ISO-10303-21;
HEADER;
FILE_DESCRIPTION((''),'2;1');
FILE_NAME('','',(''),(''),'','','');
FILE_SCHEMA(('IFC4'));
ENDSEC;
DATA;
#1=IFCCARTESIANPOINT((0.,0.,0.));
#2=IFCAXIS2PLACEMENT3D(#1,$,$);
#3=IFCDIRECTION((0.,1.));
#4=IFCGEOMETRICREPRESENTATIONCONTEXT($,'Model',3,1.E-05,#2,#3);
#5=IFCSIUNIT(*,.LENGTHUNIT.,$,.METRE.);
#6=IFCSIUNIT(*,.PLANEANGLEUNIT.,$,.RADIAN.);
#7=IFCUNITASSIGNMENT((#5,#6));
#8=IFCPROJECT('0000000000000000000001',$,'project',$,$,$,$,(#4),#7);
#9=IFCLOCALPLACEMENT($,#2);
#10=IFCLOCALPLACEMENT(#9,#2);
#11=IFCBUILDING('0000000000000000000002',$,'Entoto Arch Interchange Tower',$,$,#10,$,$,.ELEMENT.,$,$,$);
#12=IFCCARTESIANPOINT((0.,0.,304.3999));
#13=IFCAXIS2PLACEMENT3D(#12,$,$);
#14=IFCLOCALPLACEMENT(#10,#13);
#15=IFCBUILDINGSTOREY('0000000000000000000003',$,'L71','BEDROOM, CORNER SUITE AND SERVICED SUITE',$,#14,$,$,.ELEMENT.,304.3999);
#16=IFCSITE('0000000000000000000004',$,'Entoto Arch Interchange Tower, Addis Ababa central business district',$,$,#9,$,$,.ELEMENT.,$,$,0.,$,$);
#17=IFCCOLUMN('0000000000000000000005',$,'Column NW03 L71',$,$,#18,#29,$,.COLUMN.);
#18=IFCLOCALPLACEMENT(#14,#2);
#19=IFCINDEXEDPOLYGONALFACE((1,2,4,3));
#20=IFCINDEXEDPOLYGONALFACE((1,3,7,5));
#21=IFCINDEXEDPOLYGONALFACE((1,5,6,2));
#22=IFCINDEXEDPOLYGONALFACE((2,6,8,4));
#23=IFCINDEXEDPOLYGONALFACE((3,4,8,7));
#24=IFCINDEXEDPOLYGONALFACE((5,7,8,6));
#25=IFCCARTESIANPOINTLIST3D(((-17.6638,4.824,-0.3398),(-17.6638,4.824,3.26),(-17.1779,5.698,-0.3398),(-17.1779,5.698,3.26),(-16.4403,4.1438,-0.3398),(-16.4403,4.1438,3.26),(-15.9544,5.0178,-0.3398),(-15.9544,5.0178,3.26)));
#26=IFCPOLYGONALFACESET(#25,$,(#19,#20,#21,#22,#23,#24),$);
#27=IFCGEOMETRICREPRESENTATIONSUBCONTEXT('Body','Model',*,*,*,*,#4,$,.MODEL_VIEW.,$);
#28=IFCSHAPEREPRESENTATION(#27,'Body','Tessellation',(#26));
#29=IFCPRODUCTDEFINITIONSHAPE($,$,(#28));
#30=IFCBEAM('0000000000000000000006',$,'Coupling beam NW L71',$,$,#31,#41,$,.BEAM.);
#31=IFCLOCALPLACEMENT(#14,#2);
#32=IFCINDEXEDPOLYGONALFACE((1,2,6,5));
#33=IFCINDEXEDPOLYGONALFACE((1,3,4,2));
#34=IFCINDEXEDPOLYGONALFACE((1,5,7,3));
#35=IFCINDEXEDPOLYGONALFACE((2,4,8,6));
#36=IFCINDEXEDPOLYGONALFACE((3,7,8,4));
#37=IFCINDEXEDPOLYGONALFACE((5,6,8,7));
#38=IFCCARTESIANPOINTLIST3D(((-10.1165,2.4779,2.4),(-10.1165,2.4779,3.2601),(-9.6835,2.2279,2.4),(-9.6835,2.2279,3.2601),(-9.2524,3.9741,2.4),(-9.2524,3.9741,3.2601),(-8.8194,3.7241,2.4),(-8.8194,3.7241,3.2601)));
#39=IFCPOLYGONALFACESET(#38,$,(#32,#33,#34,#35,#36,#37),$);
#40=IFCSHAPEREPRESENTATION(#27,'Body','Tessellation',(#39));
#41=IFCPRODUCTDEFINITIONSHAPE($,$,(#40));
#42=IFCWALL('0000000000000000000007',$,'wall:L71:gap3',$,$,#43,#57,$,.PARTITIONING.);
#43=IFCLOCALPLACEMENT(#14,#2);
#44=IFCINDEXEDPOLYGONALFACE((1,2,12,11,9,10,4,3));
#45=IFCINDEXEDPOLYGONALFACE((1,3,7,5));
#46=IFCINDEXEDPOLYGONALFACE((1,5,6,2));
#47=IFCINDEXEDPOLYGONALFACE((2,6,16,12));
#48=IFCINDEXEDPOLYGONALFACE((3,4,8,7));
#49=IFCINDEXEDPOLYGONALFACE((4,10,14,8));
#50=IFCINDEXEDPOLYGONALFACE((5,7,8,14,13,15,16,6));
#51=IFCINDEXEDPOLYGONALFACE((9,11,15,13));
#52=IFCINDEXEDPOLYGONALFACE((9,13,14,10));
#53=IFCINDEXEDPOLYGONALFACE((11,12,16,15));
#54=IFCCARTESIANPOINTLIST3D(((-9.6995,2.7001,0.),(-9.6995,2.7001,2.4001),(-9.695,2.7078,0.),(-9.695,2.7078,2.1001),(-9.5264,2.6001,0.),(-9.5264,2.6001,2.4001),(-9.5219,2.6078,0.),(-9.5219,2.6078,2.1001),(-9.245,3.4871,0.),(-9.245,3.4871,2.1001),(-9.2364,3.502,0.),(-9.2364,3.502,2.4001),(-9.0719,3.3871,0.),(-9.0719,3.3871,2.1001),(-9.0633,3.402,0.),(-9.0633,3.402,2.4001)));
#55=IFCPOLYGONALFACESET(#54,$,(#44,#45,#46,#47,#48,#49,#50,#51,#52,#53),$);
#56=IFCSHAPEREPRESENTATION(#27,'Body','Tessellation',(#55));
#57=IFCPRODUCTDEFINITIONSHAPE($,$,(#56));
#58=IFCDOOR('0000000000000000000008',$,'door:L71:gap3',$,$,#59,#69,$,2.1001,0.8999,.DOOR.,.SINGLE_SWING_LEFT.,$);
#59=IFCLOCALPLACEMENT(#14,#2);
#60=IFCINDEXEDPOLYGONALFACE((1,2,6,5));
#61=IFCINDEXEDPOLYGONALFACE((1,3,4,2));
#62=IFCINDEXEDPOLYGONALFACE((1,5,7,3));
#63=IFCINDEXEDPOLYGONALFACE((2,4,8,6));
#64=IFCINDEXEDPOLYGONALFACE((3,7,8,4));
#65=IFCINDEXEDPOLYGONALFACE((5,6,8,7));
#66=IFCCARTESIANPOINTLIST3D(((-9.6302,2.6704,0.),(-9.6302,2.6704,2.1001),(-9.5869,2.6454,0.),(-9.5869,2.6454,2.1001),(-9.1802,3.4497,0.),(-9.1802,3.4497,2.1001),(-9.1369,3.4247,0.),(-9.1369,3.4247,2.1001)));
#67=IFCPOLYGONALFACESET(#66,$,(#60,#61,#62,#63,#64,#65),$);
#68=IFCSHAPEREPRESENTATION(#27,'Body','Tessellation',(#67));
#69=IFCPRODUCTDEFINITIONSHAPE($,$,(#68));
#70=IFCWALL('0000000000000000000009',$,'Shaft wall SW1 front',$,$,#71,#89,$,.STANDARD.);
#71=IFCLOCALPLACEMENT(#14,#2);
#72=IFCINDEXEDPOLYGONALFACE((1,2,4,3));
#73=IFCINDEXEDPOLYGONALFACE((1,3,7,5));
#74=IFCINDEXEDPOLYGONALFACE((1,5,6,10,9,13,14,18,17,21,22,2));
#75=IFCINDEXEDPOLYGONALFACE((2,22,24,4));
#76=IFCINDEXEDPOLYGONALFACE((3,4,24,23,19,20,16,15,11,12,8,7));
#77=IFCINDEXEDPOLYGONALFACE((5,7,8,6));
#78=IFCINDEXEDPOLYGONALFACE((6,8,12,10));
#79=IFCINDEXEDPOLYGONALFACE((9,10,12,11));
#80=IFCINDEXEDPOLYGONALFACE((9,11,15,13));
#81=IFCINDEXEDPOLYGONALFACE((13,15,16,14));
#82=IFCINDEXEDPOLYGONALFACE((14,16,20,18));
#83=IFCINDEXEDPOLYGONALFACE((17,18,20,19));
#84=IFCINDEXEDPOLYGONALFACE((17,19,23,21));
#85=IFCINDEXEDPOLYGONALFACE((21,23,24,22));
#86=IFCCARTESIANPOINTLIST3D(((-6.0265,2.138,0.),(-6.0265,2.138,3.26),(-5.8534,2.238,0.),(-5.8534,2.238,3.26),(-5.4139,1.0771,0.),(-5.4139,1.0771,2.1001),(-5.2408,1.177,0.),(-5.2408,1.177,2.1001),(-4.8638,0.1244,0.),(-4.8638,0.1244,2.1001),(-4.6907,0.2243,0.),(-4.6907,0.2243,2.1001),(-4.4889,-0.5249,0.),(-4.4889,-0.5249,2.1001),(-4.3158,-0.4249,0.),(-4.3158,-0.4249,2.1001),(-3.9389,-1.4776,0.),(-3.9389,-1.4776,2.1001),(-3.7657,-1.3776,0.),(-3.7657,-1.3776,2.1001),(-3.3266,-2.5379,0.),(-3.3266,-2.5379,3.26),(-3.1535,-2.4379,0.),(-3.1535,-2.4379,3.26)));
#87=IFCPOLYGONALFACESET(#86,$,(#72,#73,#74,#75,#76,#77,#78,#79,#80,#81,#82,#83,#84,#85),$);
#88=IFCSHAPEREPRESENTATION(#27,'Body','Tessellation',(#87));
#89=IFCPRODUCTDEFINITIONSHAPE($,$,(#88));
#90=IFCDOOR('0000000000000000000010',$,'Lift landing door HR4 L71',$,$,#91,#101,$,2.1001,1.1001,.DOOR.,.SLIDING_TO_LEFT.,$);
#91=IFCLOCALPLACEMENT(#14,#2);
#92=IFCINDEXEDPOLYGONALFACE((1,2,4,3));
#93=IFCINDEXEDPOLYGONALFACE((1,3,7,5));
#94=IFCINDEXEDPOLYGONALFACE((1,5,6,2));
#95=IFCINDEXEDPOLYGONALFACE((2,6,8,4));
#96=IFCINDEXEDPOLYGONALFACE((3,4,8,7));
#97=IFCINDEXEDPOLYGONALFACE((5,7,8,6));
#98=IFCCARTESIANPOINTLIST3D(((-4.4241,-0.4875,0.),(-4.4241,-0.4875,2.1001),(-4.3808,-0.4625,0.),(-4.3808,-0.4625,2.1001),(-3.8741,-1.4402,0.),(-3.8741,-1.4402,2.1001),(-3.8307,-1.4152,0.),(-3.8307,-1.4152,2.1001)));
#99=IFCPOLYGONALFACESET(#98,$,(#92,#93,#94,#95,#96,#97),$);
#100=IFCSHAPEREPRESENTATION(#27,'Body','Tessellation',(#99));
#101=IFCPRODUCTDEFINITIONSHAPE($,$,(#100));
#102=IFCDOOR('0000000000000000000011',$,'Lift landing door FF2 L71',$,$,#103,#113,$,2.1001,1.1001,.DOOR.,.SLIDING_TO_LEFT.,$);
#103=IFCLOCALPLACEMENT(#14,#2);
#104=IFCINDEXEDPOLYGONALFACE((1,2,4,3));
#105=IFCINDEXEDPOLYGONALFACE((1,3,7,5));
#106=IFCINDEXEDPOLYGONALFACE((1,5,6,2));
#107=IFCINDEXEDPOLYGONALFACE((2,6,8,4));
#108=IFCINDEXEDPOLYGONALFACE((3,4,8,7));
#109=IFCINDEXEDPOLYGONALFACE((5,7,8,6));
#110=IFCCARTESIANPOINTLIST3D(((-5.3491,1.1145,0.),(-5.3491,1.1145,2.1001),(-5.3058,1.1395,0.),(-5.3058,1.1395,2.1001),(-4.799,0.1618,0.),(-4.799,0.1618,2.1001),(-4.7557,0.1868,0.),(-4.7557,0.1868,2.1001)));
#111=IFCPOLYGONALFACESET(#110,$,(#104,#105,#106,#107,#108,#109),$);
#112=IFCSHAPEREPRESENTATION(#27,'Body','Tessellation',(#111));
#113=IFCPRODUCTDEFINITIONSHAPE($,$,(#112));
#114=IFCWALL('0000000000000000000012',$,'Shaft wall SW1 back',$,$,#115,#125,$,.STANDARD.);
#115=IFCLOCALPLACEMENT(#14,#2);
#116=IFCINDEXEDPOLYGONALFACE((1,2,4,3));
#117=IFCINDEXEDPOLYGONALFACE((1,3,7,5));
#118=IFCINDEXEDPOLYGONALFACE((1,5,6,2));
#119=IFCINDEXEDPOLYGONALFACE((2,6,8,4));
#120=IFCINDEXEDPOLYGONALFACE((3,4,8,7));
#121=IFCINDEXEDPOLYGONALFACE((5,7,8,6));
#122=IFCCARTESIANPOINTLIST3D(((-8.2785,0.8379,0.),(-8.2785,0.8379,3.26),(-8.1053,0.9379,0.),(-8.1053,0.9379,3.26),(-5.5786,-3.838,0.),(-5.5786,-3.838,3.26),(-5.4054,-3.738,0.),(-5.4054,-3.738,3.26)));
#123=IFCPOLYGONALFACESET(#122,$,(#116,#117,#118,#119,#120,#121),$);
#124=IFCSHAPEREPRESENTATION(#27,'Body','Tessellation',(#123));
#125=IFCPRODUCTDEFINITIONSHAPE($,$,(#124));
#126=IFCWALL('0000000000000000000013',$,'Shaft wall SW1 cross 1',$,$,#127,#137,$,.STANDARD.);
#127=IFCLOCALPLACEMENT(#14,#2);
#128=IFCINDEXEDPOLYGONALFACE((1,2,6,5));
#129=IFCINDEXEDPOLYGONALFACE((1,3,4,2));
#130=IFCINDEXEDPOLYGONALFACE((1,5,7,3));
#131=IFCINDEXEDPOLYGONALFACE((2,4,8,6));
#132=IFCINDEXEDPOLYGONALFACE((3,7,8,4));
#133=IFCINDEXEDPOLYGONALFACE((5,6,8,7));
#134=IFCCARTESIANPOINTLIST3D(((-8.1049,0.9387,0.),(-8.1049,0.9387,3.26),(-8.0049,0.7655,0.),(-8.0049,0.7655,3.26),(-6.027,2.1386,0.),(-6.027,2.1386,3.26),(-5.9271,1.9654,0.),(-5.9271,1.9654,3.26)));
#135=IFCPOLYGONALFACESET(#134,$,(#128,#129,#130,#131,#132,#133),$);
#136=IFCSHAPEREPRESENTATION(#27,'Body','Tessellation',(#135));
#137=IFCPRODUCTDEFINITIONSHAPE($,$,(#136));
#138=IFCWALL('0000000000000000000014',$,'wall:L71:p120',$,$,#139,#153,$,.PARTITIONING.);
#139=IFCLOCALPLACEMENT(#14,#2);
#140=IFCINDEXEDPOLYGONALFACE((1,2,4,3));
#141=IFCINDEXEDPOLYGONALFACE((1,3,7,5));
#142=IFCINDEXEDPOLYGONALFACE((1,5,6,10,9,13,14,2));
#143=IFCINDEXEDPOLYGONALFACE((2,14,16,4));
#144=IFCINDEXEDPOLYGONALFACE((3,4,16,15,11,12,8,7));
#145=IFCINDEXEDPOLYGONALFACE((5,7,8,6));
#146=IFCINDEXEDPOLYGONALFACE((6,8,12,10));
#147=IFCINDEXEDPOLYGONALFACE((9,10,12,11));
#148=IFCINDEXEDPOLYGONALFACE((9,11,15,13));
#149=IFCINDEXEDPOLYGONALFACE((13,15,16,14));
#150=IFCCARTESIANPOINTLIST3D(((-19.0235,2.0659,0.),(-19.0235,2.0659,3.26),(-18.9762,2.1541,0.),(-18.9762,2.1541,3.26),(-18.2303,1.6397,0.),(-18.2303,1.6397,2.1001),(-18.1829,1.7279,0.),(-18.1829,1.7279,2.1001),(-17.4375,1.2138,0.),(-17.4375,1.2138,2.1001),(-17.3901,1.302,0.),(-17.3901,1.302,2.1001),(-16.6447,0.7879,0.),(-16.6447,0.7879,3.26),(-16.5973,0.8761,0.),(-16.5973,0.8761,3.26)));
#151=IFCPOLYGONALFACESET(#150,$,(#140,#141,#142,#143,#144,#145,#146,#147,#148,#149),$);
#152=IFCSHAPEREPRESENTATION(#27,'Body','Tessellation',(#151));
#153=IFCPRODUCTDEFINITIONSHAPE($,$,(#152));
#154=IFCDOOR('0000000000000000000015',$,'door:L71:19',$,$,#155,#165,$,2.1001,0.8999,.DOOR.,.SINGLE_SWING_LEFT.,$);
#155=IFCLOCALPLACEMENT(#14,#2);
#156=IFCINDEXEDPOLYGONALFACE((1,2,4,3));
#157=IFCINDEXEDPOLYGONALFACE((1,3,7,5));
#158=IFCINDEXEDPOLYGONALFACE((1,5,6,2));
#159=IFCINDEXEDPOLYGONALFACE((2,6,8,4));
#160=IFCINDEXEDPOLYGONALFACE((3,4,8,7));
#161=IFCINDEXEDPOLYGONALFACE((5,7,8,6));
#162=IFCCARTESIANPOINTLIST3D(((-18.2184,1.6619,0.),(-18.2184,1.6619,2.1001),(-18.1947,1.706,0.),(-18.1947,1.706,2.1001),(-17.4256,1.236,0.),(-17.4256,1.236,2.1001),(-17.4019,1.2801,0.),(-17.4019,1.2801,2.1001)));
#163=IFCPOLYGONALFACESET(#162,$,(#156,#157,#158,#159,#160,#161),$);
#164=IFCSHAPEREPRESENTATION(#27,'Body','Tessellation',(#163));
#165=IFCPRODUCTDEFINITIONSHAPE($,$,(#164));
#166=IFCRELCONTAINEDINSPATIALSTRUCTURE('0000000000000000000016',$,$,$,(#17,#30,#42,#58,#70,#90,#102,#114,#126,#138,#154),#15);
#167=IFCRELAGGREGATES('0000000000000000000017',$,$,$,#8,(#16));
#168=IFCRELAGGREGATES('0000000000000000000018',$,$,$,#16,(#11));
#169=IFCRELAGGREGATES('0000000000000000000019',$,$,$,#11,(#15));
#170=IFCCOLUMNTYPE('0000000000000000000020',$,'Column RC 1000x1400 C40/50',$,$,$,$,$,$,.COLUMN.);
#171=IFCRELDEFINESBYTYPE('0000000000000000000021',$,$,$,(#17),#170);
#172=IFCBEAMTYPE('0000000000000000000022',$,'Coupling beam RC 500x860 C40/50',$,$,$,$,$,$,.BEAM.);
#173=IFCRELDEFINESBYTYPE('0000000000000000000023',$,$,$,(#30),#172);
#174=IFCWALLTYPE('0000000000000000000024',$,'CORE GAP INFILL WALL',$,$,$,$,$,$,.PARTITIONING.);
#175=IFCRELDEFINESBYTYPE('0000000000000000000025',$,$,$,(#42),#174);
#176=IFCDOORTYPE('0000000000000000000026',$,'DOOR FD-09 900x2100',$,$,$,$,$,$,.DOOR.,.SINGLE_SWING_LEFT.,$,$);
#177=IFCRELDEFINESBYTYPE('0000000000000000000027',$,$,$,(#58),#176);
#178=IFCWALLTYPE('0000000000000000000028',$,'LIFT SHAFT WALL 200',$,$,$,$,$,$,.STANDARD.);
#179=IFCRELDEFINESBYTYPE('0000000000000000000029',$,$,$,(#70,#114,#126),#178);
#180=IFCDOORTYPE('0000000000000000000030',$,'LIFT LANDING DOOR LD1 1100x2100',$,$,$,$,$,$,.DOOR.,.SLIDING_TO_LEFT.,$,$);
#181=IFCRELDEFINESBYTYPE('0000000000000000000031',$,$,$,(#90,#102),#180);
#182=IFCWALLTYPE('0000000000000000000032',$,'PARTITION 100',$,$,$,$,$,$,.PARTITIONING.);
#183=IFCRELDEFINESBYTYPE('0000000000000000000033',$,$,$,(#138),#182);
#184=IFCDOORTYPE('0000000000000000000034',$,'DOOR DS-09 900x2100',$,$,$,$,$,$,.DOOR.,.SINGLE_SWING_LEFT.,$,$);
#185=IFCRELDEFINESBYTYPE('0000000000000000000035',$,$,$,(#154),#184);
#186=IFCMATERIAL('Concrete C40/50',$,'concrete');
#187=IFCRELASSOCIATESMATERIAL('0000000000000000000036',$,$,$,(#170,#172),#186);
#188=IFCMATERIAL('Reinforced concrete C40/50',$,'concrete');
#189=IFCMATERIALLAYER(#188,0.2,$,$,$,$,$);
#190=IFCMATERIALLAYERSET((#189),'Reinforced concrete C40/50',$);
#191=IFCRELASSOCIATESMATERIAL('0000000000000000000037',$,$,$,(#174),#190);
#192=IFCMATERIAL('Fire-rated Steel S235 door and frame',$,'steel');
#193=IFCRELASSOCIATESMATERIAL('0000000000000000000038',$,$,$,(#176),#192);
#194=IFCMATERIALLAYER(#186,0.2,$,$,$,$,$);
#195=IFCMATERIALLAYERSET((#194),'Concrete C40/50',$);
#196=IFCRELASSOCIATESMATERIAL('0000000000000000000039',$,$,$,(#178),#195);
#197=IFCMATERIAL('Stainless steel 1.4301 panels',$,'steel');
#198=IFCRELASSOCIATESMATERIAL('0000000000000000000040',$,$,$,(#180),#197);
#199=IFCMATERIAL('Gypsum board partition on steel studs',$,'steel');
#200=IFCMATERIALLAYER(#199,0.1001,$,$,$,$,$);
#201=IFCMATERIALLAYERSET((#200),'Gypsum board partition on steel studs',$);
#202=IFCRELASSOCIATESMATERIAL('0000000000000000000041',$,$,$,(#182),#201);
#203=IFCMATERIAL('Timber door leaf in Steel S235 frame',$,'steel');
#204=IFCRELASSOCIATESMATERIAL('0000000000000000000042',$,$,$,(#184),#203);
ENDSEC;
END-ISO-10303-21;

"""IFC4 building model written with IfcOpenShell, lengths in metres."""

from ifc_helpers import new_model, si_unit, direction, frame, frame_2d, origin, origin_2d, place, context, subcontext, project, spatial, rectangle, extrude, material, layer, layer_set, material_profile, profile_set, type_object, element, fill, save


model = new_model("IFC4")

# Units and contexts
model_context = context("Model", 3, precision=1e-05, world=origin(), true_north=direction((0.0, 1.0)))
body_context = subcontext(model_context, "Body", "Model", "MODEL_VIEW")
ifc_project = project(units=[si_unit("LENGTHUNIT", "METRE"), si_unit("PLANEANGLEUNIT", "RADIAN")], contexts=[model_context])

# Site, building, storey
site_placement = place(None, origin())
site = spatial("IfcSite", under=ifc_project, at=site_placement, Name="Entoto Arch Interchange Tower, Addis Ababa central business district", CompositionType="ELEMENT", RefElevation=0.0)
building_placement = place(site_placement, origin())
building = spatial("IfcBuilding", under=site, at=building_placement, Name="Entoto Arch Interchange Tower", CompositionType="ELEMENT")
storey_placement = place(building_placement, frame((0.0, 0.0, 304.3999)))
storey = spatial("IfcBuildingStorey", under=building, at=storey_placement, Name="L71", Description="BEDROOM, CORNER SUITE AND SERVICED SUITE", CompositionType="ELEMENT", Elevation=304.3999)

# Column
ifc_material_1 = material(Name="Concrete C40/50", Category="concrete")
ifc_material_profile_1 = material_profile(ifc_material_1, rectangle(XDim=1.0, YDim=1.3999, at=origin_2d()))
ifc_profile_set_1 = profile_set([ifc_material_profile_1], Name="Concrete C40/50")
column_type = type_object("IfcColumnType", Name="Column RC 1000x1400 C40/50", PredefinedType="COLUMN", material=ifc_profile_set_1)
column_placement = place(storey_placement, frame((-16.8091, 4.9209, -0.3398), z_axis=(0.0, 0.0, 1.0), x_axis=(0.485924, 0.874001, 0.0)))
element("IfcColumn", 1, at=column_placement, inside=storey, type_object=column_type, Name="Column NW03 L71", PredefinedType="COLUMN", context=body_context, shape_type="SweptSolid", body=[
    extrude(rectangle(XDim=1.0, YDim=1.3999, at=origin_2d()), origin(), (0.0, 0.0, 1.0), 3.5999),
])

# Beam
ifc_material_profile_2 = material_profile(ifc_material_1, rectangle(XDim=0.5, YDim=0.8601, at=origin_2d()))
ifc_profile_set_2 = profile_set([ifc_material_profile_2], Name="Concrete C40/50")
beam_type = type_object("IfcBeamType", Name="Coupling beam RC 500x860 C40/50", PredefinedType="BEAM", material=ifc_profile_set_2)
beam_placement = place(storey_placement, frame((-9.0359, 3.8491, 2.8301), z_axis=(-0.500106, -0.865964, 0.0), x_axis=(0.865964, -0.500106, 0.0)))
element("IfcBeam", 2, at=beam_placement, inside=storey, type_object=beam_type, Name="Coupling beam NW L71", PredefinedType="BEAM", context=body_context, shape_type="SweptSolid", body=[
    extrude(rectangle(XDim=0.5, YDim=0.8601, at=origin_2d()), origin(), (0.0, 0.0, 1.0), 1.7278),
])

# Wall, opening, door
ifc_material_2 = material(Name="Reinforced concrete C40/50", Category="concrete")
ifc_layer_1 = layer(ifc_material_2, 0.2)
ifc_layer_set_1 = layer_set([ifc_layer_1], Name="Reinforced concrete C40/50")
wall_type_1 = type_object("IfcWallType", Name="CORE GAP INFILL WALL", PredefinedType="PARTITIONING", material=ifc_layer_set_1)
wall_1_placement = place(storey_placement, frame((-9.1499, 3.4519, 0.0), z_axis=(0.0, 0.0, 1.0), x_axis=(-0.50008, -0.865979, 0.0)))
wall_1 = element("IfcWall", 3, at=wall_1_placement, inside=storey, type_object=wall_type_1, Name="wall:L71:gap3", PredefinedType="PARTITIONING", context=body_context, shape_type="SweptSolid", body=[
    extrude(rectangle(XDim=0.926, YDim=0.2, at=frame_2d((0.4629, 0.0))), origin(), (0.0, 0.0, 1.0), 2.4001),
])
opening_1_placement = place(wall_1_placement, frame((0.0171, 0.0, 0.0)))
opening_1 = element("IfcOpeningElement", 4, at=opening_1_placement, cuts=wall_1, PredefinedType="OPENING", context=body_context, shape_type="SweptSolid", body=[
    extrude(rectangle(XDim=0.8999, YDim=2.1001, at=frame_2d((0.45, 1.05))), frame((0.0, 0.1099, 0.0), z_axis=(0.0, -1.0, 0.0), x_axis=(1.0, 0.0, 0.0)), (0.0, 0.0, 1.0), 0.22),
])
ifc_material_3 = material(Name="Fire-rated Steel S235 door and frame", Category="steel")
door_type_1 = type_object("IfcDoorType", Name="DOOR FD-09 900x2100", OperationType="SINGLE_SWING_LEFT", PredefinedType="DOOR", material=ifc_material_3)
door_1_placement = place(opening_1_placement, origin())
door_1 = element("IfcDoor", 5, at=door_1_placement, inside=storey, type_object=door_type_1, Name="door:L71:gap3", OperationType="SINGLE_SWING_LEFT", OverallHeight=2.1001, OverallWidth=0.8999, PredefinedType="DOOR", context=body_context, shape_type="SweptSolid", body=[
    extrude(rectangle(XDim=0.8999, YDim=2.1001, at=frame_2d((0.45, 1.05))), frame((0.0, 0.0249, 0.0), z_axis=(0.0, -1.0, 0.0), x_axis=(1.0, 0.0, 0.0)), (0.0, 0.0, 1.0), 0.05),
])
fill(opening_1, door_1)

# Wall, openings, doors
ifc_layer_2 = layer(ifc_material_1, 0.2)
ifc_layer_set_2 = layer_set([ifc_layer_2], Name="Concrete C40/50")
wall_type_2 = type_object("IfcWallType", Name="LIFT SHAFT WALL 200", PredefinedType="STANDARD", material=ifc_layer_set_2)
wall_2_placement = place(storey_placement, frame((-5.9399, 2.188, 0.0), z_axis=(0.0, 0.0, 1.0), x_axis=(0.500034, -0.866006, 0.0)))
wall_2 = element("IfcWall", 6, at=wall_2_placement, inside=storey, type_object=wall_type_2, Name="Shaft wall SW1 front", PredefinedType="STANDARD", context=body_context, shape_type="SweptSolid", body=[
    extrude(rectangle(XDim=5.3994, YDim=0.2, at=frame_2d((2.6997, 0.0))), origin(), (0.0, 0.0, 1.0), 3.26),
])
opening_2_placement = place(wall_2_placement, frame((3.075, 0.0, 0.0)))
opening_2 = element("IfcOpeningElement", 7, at=opening_2_placement, cuts=wall_2, PredefinedType="OPENING", context=body_context, shape_type="SweptSolid", body=[
    extrude(rectangle(XDim=1.1001, YDim=2.1001, at=frame_2d((0.55, 1.05))), frame((0.0, 0.1099, 0.0), z_axis=(0.0, -1.0, 0.0), x_axis=(1.0, 0.0, 0.0)), (0.0, 0.0, 1.0), 0.22),
])
opening_3_placement = place(wall_2_placement, frame((1.2251, 0.0, 0.0)))
opening_3 = element("IfcOpeningElement", 8, at=opening_3_placement, cuts=wall_2, PredefinedType="OPENING", context=body_context, shape_type="SweptSolid", body=[
    extrude(rectangle(XDim=1.1001, YDim=2.1001, at=frame_2d((0.55, 1.05))), frame((0.0, 0.1099, 0.0), z_axis=(0.0, -1.0, 0.0), x_axis=(1.0, 0.0, 0.0)), (0.0, 0.0, 1.0), 0.22),
])
ifc_material_4 = material(Name="Stainless steel 1.4301 panels", Category="steel")
door_type_2 = type_object("IfcDoorType", Name="LIFT LANDING DOOR LD1 1100x2100", OperationType="SLIDING_TO_LEFT", PredefinedType="DOOR", material=ifc_material_4)
door_2_placement = place(opening_2_placement, origin())
door_2 = element("IfcDoor", 9, at=door_2_placement, inside=storey, type_object=door_type_2, Name="Lift landing door HR4 L71", OperationType="SLIDING_TO_LEFT", OverallHeight=2.1001, OverallWidth=1.1001, PredefinedType="DOOR", context=body_context, shape_type="SweptSolid", body=[
    extrude(rectangle(XDim=1.1001, YDim=2.1001, at=frame_2d((0.55, 1.05))), frame((0.0, 0.0249, 0.0), z_axis=(0.0, -1.0, 0.0), x_axis=(1.0, 0.0, 0.0)), (0.0, 0.0, 1.0), 0.05),
])
fill(opening_2, door_2)
door_3_placement = place(opening_3_placement, origin())
door_3 = element("IfcDoor", 10, at=door_3_placement, inside=storey, type_object=door_type_2, Name="Lift landing door FF2 L71", OperationType="SLIDING_TO_LEFT", OverallHeight=2.1001, OverallWidth=1.1001, PredefinedType="DOOR", context=body_context, shape_type="SweptSolid", body=[
    extrude(rectangle(XDim=1.1001, YDim=2.1001, at=frame_2d((0.55, 1.05))), frame((0.0, 0.0249, 0.0), z_axis=(0.0, -1.0, 0.0), x_axis=(1.0, 0.0, 0.0)), (0.0, 0.0, 1.0), 0.05),
])
fill(opening_3, door_3)

# Walls
wall_3_placement = place(storey_placement, frame((-8.1919, 0.8879, 0.0), z_axis=(0.0, 0.0, 1.0), x_axis=(0.500034, -0.866006, 0.0)))
element("IfcWall", 11, at=wall_3_placement, inside=storey, type_object=wall_type_2, Name="Shaft wall SW1 back", PredefinedType="STANDARD", context=body_context, shape_type="SweptSolid", body=[
    extrude(rectangle(XDim=5.3994, YDim=0.2, at=frame_2d((2.6997, 0.0))), origin(), (0.0, 0.0, 1.0), 3.26),
])
wall_4_placement = place(storey_placement, frame((-5.9771, 2.052, 0.0), z_axis=(0.0, 0.0, 1.0), x_axis=(-0.865974, -0.500089, 0.0)))
element("IfcWall", 12, at=wall_4_placement, inside=storey, type_object=wall_type_2, Name="Shaft wall SW1 cross 1", PredefinedType="STANDARD", context=body_context, shape_type="SweptSolid", body=[
    extrude(rectangle(XDim=2.3994, YDim=0.2, at=frame_2d((1.1997, 0.0))), origin(), (0.0, 0.0, 1.0), 3.26),
])

# Wall, opening, door
ifc_material_5 = material(Name="Gypsum board partition on steel studs", Category="steel")
ifc_layer_3 = layer(ifc_material_5, 0.1001)
ifc_layer_set_3 = layer_set([ifc_layer_3], Name="Gypsum board partition on steel studs")
wall_type_3 = type_object("IfcWallType", Name="PARTITION 100", PredefinedType="PARTITIONING", material=ifc_layer_set_3)
wall_5_placement = place(storey_placement, frame((-16.6211, 0.832, 0.0), z_axis=(0.0, 0.0, 1.0), x_axis=(-0.880915, 0.473275, 0.0)))
wall_5 = element("IfcWall", 13, at=wall_5_placement, inside=storey, type_object=wall_type_3, Name="wall:L71:p120", PredefinedType="PARTITIONING", context=body_context, shape_type="SweptSolid", body=[
    extrude(rectangle(XDim=2.7004, YDim=0.1001, at=frame_2d((1.3501, 0.0))), origin(), (0.0, 0.0, 1.0), 3.26),
])
opening_4_placement = place(wall_5_placement, frame((0.8999, 0.0, 0.0)))
opening_4 = element("IfcOpeningElement", 14, at=opening_4_placement, cuts=wall_5, PredefinedType="OPENING", context=body_context, shape_type="SweptSolid", body=[
    extrude(rectangle(XDim=0.8999, YDim=2.1001, at=frame_2d((0.45, 1.05))), frame((0.0, 0.0601, 0.0), z_axis=(0.0, -1.0, 0.0), x_axis=(1.0, 0.0, 0.0)), (0.0, 0.0, 1.0), 0.1201),
])
ifc_material_6 = material(Name="Timber door leaf in Steel S235 frame", Category="steel")
door_type_3 = type_object("IfcDoorType", Name="DOOR DS-09 900x2100", OperationType="SINGLE_SWING_LEFT", PredefinedType="DOOR", material=ifc_material_6)
door_4_placement = place(opening_4_placement, origin())
door_4 = element("IfcDoor", 15, at=door_4_placement, inside=storey, type_object=door_type_3, Name="door:L71:19", OperationType="SINGLE_SWING_LEFT", OverallHeight=2.1001, OverallWidth=0.8999, PredefinedType="DOOR", context=body_context, shape_type="SweptSolid", body=[
    extrude(rectangle(XDim=0.8999, YDim=2.1001, at=frame_2d((0.45, 1.05))), frame((0.0, 0.0249, 0.0), z_axis=(0.0, -1.0, 0.0), x_axis=(1.0, 0.0, 0.0)), (0.0, 0.0, 1.0), 0.05),
])
fill(opening_4, door_4)

save(model, "model.ifc")
